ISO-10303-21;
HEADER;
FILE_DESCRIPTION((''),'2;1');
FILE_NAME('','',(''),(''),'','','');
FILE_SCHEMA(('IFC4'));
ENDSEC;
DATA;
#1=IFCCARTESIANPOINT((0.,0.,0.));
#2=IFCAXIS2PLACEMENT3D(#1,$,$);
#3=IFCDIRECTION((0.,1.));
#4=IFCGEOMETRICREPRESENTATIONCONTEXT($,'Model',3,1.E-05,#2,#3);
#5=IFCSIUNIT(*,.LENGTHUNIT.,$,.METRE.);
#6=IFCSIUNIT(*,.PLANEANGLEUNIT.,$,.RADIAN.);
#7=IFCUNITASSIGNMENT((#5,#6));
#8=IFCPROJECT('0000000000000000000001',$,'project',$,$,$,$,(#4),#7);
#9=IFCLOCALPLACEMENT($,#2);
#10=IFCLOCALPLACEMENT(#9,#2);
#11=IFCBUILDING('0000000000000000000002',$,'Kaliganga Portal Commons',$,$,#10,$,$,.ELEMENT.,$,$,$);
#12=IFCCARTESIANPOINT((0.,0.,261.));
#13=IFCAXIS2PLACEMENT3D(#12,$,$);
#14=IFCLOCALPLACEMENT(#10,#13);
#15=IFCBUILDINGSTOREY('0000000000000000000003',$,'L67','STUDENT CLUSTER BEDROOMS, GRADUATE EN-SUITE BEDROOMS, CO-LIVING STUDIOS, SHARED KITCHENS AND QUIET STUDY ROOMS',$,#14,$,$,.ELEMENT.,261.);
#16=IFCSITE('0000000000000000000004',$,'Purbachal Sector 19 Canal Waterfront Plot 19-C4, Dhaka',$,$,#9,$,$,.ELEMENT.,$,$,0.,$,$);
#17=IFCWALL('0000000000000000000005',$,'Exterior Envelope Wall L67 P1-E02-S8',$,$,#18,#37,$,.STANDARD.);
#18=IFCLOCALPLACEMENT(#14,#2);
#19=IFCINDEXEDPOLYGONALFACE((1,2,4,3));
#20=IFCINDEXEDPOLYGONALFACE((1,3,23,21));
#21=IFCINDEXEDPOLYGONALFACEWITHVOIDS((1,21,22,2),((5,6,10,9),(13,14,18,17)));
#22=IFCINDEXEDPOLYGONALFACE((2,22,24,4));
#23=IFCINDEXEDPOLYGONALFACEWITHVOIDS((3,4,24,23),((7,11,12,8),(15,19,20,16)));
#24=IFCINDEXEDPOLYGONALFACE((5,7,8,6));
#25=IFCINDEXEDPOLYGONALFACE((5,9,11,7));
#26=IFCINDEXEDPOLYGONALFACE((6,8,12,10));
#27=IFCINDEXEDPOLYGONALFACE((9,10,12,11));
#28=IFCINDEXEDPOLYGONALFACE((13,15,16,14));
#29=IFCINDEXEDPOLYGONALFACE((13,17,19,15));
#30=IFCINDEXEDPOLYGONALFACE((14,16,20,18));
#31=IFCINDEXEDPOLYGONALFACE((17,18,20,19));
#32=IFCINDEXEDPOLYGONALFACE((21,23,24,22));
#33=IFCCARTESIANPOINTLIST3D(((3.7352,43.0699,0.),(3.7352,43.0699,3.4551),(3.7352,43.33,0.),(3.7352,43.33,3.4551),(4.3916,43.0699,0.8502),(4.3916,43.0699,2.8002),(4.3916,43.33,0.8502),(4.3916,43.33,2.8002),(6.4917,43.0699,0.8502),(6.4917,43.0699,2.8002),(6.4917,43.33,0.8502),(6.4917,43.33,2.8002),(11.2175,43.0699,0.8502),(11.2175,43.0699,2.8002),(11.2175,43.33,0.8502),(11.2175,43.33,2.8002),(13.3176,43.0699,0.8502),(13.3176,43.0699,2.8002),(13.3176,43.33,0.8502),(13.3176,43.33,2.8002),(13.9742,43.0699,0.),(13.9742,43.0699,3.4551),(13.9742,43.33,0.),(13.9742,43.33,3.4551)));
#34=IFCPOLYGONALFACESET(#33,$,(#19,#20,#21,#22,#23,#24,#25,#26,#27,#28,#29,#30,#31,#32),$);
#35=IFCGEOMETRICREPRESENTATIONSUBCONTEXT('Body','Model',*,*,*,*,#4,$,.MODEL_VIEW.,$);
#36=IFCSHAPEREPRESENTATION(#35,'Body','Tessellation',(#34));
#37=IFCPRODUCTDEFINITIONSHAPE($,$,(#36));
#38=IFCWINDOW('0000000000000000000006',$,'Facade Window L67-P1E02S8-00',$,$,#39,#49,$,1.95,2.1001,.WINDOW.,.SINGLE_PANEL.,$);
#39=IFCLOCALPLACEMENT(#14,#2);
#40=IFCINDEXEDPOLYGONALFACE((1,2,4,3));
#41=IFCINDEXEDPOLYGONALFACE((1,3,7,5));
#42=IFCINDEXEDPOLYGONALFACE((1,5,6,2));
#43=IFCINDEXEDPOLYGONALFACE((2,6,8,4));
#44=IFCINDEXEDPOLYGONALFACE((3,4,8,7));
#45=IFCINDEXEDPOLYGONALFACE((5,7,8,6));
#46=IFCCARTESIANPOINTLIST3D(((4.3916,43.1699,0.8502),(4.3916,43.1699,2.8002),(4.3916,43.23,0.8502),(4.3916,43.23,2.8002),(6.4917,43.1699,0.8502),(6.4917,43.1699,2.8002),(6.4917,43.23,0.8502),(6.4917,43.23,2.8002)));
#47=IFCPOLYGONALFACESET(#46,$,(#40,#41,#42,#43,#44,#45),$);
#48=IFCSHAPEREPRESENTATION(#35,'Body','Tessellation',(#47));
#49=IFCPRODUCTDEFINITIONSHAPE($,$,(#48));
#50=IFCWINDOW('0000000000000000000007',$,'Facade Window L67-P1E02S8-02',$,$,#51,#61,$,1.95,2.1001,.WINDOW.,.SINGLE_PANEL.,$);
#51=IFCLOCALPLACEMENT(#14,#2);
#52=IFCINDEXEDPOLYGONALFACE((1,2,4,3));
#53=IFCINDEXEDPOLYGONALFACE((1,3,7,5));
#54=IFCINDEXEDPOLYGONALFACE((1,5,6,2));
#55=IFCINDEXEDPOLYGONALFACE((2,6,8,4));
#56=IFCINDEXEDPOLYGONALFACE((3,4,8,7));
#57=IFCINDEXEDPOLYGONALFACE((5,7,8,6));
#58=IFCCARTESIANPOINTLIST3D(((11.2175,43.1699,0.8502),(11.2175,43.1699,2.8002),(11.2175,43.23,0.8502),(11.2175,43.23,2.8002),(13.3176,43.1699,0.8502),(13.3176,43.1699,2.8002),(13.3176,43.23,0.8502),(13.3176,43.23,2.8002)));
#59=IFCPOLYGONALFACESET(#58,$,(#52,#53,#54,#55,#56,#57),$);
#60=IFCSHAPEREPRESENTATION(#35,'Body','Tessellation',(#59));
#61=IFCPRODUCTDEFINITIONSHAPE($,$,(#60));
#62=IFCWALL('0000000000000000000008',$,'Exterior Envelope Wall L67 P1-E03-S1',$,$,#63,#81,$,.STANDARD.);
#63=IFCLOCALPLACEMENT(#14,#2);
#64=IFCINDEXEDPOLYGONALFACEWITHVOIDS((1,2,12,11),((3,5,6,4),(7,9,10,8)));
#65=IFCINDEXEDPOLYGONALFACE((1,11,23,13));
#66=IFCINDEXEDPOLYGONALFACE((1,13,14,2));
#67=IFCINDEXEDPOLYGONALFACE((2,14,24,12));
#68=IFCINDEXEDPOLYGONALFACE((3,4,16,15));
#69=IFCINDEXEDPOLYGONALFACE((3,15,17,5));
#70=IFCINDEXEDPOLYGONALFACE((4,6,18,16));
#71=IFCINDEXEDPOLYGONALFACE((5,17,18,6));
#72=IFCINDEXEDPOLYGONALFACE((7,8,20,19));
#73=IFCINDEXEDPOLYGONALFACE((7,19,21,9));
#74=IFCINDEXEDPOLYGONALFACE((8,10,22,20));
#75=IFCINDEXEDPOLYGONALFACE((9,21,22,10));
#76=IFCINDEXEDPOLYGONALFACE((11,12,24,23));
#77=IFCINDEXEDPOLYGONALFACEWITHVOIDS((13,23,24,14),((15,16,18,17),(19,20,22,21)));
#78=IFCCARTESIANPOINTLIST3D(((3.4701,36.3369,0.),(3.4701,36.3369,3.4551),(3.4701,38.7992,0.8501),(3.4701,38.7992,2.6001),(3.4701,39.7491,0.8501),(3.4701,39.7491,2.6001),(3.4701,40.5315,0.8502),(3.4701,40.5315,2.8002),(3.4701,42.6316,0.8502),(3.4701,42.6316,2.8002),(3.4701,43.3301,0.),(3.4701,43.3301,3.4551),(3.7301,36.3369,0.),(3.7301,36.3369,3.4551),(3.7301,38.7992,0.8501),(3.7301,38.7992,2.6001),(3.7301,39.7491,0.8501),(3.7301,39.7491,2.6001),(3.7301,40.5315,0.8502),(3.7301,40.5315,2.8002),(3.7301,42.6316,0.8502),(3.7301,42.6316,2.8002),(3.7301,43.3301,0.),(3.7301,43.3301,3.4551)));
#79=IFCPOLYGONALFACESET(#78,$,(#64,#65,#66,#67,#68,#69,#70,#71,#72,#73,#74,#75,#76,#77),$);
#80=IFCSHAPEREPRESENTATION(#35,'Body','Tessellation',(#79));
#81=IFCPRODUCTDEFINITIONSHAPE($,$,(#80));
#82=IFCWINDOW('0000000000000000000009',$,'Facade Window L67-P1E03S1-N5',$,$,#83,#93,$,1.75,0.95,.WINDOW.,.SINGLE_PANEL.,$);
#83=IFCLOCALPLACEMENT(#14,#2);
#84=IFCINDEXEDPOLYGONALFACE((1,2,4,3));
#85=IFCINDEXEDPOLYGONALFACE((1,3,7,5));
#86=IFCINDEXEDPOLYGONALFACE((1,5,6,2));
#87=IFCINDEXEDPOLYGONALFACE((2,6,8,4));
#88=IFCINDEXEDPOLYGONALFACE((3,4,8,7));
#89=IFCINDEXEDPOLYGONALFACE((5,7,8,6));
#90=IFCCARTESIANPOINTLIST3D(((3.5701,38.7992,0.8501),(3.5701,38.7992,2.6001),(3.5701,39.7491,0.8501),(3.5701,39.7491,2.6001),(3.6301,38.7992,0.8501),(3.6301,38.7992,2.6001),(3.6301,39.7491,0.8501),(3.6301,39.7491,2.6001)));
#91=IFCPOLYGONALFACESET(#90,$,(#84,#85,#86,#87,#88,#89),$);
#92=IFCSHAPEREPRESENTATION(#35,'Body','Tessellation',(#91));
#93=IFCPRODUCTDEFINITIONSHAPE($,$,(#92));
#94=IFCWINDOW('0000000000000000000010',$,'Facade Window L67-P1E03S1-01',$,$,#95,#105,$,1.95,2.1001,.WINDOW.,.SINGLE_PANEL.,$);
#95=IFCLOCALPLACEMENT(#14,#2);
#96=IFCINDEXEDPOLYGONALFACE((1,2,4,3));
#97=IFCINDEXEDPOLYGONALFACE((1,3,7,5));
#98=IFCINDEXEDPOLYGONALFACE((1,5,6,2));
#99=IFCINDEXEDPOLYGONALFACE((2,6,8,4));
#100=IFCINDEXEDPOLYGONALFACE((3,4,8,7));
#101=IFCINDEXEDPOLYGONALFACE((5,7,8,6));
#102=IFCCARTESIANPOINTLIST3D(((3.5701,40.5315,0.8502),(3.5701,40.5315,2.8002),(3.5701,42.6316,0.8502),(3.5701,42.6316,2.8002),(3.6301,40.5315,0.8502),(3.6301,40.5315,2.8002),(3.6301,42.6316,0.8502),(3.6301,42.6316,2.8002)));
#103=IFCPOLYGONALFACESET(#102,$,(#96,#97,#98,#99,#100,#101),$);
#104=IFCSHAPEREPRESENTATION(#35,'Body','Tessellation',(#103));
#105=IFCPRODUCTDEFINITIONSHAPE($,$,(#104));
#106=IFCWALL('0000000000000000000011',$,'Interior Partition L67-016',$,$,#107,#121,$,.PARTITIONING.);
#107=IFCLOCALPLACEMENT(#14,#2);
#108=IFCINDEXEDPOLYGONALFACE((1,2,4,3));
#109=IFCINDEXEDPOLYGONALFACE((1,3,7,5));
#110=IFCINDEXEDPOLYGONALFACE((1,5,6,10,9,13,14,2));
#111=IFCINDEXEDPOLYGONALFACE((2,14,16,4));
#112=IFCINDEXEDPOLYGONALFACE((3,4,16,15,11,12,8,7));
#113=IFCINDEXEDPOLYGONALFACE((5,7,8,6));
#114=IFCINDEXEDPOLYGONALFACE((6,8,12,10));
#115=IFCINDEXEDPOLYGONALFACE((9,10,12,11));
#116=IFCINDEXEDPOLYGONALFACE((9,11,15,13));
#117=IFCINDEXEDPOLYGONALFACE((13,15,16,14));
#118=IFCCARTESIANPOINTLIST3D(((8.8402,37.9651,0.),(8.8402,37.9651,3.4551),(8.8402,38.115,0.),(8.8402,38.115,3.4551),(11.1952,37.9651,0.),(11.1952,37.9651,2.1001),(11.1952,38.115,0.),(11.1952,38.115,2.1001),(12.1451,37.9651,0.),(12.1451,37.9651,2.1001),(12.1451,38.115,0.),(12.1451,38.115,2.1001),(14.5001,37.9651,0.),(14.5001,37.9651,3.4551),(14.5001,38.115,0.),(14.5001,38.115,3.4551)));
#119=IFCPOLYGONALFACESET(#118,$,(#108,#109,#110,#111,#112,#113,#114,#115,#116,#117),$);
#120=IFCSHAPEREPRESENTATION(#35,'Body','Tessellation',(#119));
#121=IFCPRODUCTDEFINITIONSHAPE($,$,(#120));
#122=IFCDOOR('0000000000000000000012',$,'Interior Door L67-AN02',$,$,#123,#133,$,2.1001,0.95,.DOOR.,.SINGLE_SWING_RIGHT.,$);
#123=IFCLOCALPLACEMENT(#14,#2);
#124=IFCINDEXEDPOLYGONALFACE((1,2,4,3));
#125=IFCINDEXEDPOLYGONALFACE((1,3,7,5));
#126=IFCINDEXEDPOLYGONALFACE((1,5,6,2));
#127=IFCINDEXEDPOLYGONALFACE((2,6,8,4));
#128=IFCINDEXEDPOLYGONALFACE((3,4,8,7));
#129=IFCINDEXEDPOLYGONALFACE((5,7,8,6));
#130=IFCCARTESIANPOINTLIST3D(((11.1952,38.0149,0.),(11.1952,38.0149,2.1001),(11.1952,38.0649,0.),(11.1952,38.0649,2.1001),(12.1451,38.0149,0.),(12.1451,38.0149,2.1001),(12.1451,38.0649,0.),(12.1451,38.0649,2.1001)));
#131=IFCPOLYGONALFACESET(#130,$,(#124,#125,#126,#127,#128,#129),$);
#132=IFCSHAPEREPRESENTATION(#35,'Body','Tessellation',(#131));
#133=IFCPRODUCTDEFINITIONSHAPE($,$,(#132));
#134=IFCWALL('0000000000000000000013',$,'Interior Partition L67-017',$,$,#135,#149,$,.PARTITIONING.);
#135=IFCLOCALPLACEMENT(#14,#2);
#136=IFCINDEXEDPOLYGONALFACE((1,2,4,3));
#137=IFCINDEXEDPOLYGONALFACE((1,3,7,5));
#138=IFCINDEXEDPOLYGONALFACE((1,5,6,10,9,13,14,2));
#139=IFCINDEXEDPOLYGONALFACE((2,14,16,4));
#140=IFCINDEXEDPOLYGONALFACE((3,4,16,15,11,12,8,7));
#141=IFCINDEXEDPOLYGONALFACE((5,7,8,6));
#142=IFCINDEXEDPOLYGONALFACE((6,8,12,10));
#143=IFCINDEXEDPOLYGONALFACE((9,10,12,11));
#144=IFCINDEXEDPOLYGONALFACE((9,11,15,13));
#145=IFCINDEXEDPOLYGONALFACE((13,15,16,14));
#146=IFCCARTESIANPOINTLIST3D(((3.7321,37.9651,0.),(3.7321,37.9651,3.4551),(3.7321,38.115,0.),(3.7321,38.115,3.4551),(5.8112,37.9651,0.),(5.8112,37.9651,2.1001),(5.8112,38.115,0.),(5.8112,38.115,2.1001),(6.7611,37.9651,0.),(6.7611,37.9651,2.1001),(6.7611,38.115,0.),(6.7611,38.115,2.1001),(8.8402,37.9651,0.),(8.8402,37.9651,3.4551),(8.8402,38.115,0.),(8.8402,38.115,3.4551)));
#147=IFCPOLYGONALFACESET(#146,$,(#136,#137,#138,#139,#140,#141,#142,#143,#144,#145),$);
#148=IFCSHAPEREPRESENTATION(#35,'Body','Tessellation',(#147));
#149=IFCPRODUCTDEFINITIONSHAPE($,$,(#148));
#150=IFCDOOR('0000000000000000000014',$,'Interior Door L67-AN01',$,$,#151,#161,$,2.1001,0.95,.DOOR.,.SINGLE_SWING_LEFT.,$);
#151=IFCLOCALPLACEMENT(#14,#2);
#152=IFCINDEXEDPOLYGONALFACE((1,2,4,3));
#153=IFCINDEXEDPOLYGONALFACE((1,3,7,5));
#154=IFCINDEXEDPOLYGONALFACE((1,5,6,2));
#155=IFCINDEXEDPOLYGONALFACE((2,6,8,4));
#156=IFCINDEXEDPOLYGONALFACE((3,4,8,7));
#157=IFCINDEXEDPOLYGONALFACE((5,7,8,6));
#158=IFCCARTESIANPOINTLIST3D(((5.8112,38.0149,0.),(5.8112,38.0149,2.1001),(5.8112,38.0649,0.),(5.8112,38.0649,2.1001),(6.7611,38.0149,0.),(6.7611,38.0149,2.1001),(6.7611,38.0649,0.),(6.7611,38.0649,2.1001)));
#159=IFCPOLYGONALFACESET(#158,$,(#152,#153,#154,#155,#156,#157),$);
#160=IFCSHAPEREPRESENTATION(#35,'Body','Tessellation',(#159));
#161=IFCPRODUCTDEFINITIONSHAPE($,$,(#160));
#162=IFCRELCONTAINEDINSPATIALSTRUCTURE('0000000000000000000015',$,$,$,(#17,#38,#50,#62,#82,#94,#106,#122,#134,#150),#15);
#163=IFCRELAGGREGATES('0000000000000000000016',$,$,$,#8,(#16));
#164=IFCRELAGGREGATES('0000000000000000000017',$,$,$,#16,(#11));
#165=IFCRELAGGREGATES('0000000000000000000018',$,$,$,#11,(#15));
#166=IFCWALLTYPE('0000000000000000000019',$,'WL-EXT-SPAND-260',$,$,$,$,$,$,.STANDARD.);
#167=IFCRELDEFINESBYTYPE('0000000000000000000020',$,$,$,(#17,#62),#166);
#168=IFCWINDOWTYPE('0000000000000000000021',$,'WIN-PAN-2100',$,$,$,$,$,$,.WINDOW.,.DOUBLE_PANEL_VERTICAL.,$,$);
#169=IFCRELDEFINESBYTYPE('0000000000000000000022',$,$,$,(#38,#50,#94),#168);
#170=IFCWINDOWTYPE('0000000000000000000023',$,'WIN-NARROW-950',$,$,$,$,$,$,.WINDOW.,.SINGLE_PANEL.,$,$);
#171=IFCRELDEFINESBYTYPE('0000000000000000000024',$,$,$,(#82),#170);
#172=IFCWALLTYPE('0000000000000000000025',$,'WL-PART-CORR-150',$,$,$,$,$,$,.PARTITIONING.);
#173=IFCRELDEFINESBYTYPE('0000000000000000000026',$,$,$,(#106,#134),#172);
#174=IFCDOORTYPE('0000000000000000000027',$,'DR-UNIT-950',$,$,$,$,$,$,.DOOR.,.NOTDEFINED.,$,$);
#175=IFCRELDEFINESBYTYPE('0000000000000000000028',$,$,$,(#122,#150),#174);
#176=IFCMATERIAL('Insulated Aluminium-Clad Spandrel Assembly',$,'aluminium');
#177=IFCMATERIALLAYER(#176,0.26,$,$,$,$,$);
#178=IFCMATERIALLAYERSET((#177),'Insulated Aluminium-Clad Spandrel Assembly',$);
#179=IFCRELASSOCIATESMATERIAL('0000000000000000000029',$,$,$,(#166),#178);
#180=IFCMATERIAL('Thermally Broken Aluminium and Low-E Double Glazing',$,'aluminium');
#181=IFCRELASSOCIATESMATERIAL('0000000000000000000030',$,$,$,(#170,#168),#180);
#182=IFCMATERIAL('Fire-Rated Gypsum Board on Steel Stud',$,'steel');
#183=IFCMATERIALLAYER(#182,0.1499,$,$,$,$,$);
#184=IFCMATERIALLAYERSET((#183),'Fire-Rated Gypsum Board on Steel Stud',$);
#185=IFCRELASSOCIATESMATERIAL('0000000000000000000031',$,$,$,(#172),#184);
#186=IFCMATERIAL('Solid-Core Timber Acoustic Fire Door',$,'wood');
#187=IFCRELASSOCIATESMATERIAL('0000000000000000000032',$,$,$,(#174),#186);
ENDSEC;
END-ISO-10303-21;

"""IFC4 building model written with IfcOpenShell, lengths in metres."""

from ifc_helpers import new_model, si_unit, direction, frame, frame_2d, origin, place, context, subcontext, project, spatial, rectangle, extrude, material, layer, layer_set, type_object, element, fill, save


model = new_model("IFC4")

# Units and contexts
model_context = context("Model", 3, precision=1e-05, world=origin(), true_north=direction((0.0, 1.0)))
body_context = subcontext(model_context, "Body", "Model", "MODEL_VIEW")
ifc_project = project(units=[si_unit("LENGTHUNIT", "METRE"), si_unit("PLANEANGLEUNIT", "RADIAN")], contexts=[model_context])

# Site, building, storey
site_placement = place(None, origin())
site = spatial("IfcSite", under=ifc_project, at=site_placement, Name="Purbachal Sector 19 Canal Waterfront Plot 19-C4, Dhaka", CompositionType="ELEMENT", RefElevation=0.0)
building_placement = place(site_placement, origin())
building = spatial("IfcBuilding", under=site, at=building_placement, Name="Kaliganga Portal Commons", CompositionType="ELEMENT")
storey_placement = place(building_placement, frame((0.0, 0.0, 261.0)))
storey = spatial("IfcBuildingStorey", under=building, at=storey_placement, Name="L67", Description="STUDENT CLUSTER BEDROOMS, GRADUATE EN-SUITE BEDROOMS, CO-LIVING STUDIOS, SHARED KITCHENS AND QUIET STUDY ROOMS", CompositionType="ELEMENT", Elevation=261.0)

# Shared definitions
ifc_material_1 = material(Name="Insulated Aluminium-Clad Spandrel Assembly", Category="aluminium")
ifc_layer_1 = layer(ifc_material_1, 0.26)
ifc_layer_set_1 = layer_set([ifc_layer_1], Name="Insulated Aluminium-Clad Spandrel Assembly")
wall_type_1 = type_object("IfcWallType", Name="WL-EXT-SPAND-260", PredefinedType="STANDARD", material=ifc_layer_set_1)
ifc_material_2 = material(Name="Thermally Broken Aluminium and Low-E Double Glazing", Category="aluminium")
window_type_1 = type_object("IfcWindowType", Name="WIN-NARROW-950", PartitioningType="SINGLE_PANEL", PredefinedType="WINDOW", material=ifc_material_2)

# Walls, openings, windows
wall_1_placement = place(storey_placement, frame((3.7351, 43.2, 0.0), z_axis=(0.0, 0.0, 1.0), x_axis=(1.0, 0.0, 0.0)))
wall_1 = element("IfcWall", 1, at=wall_1_placement, inside=storey, type_object=wall_type_1, Name="Exterior Envelope Wall L67 P1-E02-S8", PredefinedType="STANDARD", context=body_context, shape_type="SweptSolid", body=[
    extrude(rectangle(XDim=10.239, YDim=0.26, at=frame_2d((5.1196, 0.0))), origin(), (0.0, 0.0, 1.0), 3.4551),
])
opening_1_placement = place(wall_1_placement, frame((0.6565, 0.0, 0.8501)))
opening_1 = element("IfcOpeningElement", 2, at=opening_1_placement, cuts=wall_1, PredefinedType="OPENING", context=body_context, shape_type="SweptSolid", body=[
    extrude(rectangle(XDim=2.1001, YDim=1.95, at=frame_2d((1.05, 0.9751))), frame((0.0, 0.1401, 0.0), z_axis=(0.0, -1.0, 0.0), x_axis=(1.0, 0.0, 0.0)), (0.0, 0.0, 1.0), 0.28),
])
opening_2_placement = place(wall_1_placement, frame((7.4824, 0.0, 0.8501)))
opening_2 = element("IfcOpeningElement", 3, at=opening_2_placement, cuts=wall_1, PredefinedType="OPENING", context=body_context, shape_type="SweptSolid", body=[
    extrude(rectangle(XDim=2.1001, YDim=1.95, at=frame_2d((1.05, 0.9751))), frame((0.0, 0.1401, 0.0), z_axis=(0.0, -1.0, 0.0), x_axis=(1.0, 0.0, 0.0)), (0.0, 0.0, 1.0), 0.28),
])
window_type_2 = type_object("IfcWindowType", Name="WIN-PAN-2100", PartitioningType="DOUBLE_PANEL_VERTICAL", PredefinedType="WINDOW", material=ifc_material_2)
window_1_placement = place(opening_1_placement, origin())
window_1 = element("IfcWindow", 4, at=window_1_placement, inside=storey, type_object=window_type_2, Name="Facade Window L67-P1E02S8-00", OverallHeight=1.95, OverallWidth=2.1001, PartitioningType="SINGLE_PANEL", PredefinedType="WINDOW", context=body_context, shape_type="SweptSolid", body=[
    extrude(rectangle(XDim=2.1001, YDim=1.95, at=frame_2d((1.05, 0.9751))), frame((0.0, 0.03, 0.0), z_axis=(0.0, -1.0, 0.0), x_axis=(1.0, 0.0, 0.0)), (0.0, 0.0, 1.0), 0.0601),
])
fill(opening_1, window_1)
window_2_placement = place(opening_2_placement, origin())
window_2 = element("IfcWindow", 5, at=window_2_placement, inside=storey, type_object=window_type_2, Name="Facade Window L67-P1E02S8-02", OverallHeight=1.95, OverallWidth=2.1001, PartitioningType="SINGLE_PANEL", PredefinedType="WINDOW", context=body_context, shape_type="SweptSolid", body=[
    extrude(rectangle(XDim=2.1001, YDim=1.95, at=frame_2d((1.05, 0.9751))), frame((0.0, 0.03, 0.0), z_axis=(0.0, -1.0, 0.0), x_axis=(1.0, 0.0, 0.0)), (0.0, 0.0, 1.0), 0.0601),
])
fill(opening_2, window_2)
wall_2_placement = place(storey_placement, frame((3.6001, 36.3369, 0.0), z_axis=(0.0, 0.0, 1.0), x_axis=(0.0, 1.0, 0.0)))
wall_2 = element("IfcWall", 6, at=wall_2_placement, inside=storey, type_object=wall_type_1, Name="Exterior Envelope Wall L67 P1-E03-S1", PredefinedType="STANDARD", context=body_context, shape_type="SweptSolid", body=[
    extrude(rectangle(XDim=6.9932, YDim=0.26, at=frame_2d((3.4966, 0.0))), origin(), (0.0, 0.0, 1.0), 3.4551),
])
opening_3_placement = place(wall_2_placement, frame((4.1946, 0.0, 0.8501)))
opening_3 = element("IfcOpeningElement", 7, at=opening_3_placement, cuts=wall_2, PredefinedType="OPENING", context=body_context, shape_type="SweptSolid", body=[
    extrude(rectangle(XDim=2.1001, YDim=1.95, at=frame_2d((1.05, 0.9751))), frame((0.0, 0.1401, 0.0), z_axis=(0.0, -1.0, 0.0), x_axis=(1.0, 0.0, 0.0)), (0.0, 0.0, 1.0), 0.28),
])
opening_4_placement = place(wall_2_placement, frame((2.4622, 0.0, 0.8501)))
opening_4 = element("IfcOpeningElement", 8, at=opening_4_placement, cuts=wall_2, PredefinedType="OPENING", context=body_context, shape_type="SweptSolid", body=[
    extrude(rectangle(XDim=0.95, YDim=1.75, at=frame_2d((0.4751, 0.875))), frame((0.0, 0.1401, 0.0), z_axis=(0.0, -1.0, 0.0), x_axis=(1.0, 0.0, 0.0)), (0.0, 0.0, 1.0), 0.28),
])
window_3_placement = place(opening_4_placement, origin())
window_3 = element("IfcWindow", 9, at=window_3_placement, inside=storey, type_object=window_type_1, Name="Facade Window L67-P1E03S1-N5", OverallHeight=1.75, OverallWidth=0.95, PartitioningType="SINGLE_PANEL", PredefinedType="WINDOW", context=body_context, shape_type="SweptSolid", body=[
    extrude(rectangle(XDim=0.95, YDim=1.75, at=frame_2d((0.4751, 0.875))), frame((0.0, 0.03, 0.0), z_axis=(0.0, -1.0, 0.0), x_axis=(1.0, 0.0, 0.0)), (0.0, 0.0, 1.0), 0.0601),
])
fill(opening_4, window_3)
window_4_placement = place(opening_3_placement, origin())
window_4 = element("IfcWindow", 10, at=window_4_placement, inside=storey, type_object=window_type_2, Name="Facade Window L67-P1E03S1-01", OverallHeight=1.95, OverallWidth=2.1001, PartitioningType="SINGLE_PANEL", PredefinedType="WINDOW", context=body_context, shape_type="SweptSolid", body=[
    extrude(rectangle(XDim=2.1001, YDim=1.95, at=frame_2d((1.05, 0.9751))), frame((0.0, 0.03, 0.0), z_axis=(0.0, -1.0, 0.0), x_axis=(1.0, 0.0, 0.0)), (0.0, 0.0, 1.0), 0.0601),
])
fill(opening_3, window_4)

# Walls, openings, doors
ifc_material_3 = material(Name="Fire-Rated Gypsum Board on Steel Stud", Category="steel")
ifc_layer_2 = layer(ifc_material_3, 0.1499)
ifc_layer_set_2 = layer_set([ifc_layer_2], Name="Fire-Rated Gypsum Board on Steel Stud")
wall_type_2 = type_object("IfcWallType", Name="WL-PART-CORR-150", PredefinedType="PARTITIONING", material=ifc_layer_set_2)
wall_3_placement = place(storey_placement, frame((8.8401, 38.04, 0.0), z_axis=(0.0, 0.0, 1.0), x_axis=(1.0, 0.0, 0.0)))
wall_3 = element("IfcWall", 11, at=wall_3_placement, inside=storey, type_object=wall_type_2, Name="Interior Partition L67-016", PredefinedType="PARTITIONING", context=body_context, shape_type="SweptSolid", body=[
    extrude(rectangle(XDim=5.6599, YDim=0.1499, at=frame_2d((2.8301, 0.0))), origin(), (0.0, 0.0, 1.0), 3.4551),
])
opening_5_placement = place(wall_3_placement, frame((2.355, 0.0, 0.0)))
opening_5 = element("IfcOpeningElement", 12, at=opening_5_placement, cuts=wall_3, PredefinedType="OPENING", context=body_context, shape_type="SweptSolid", body=[
    extrude(rectangle(XDim=0.95, YDim=2.1001, at=frame_2d((0.4751, 1.05))), frame((0.0, 0.085, 0.0), z_axis=(0.0, -1.0, 0.0), x_axis=(1.0, 0.0, 0.0)), (0.0, 0.0, 1.0), 0.1699),
])
ifc_material_4 = material(Name="Solid-Core Timber Acoustic Fire Door", Category="wood")
door_type_1 = type_object("IfcDoorType", Name="DR-UNIT-950", OperationType="NOTDEFINED", PredefinedType="DOOR", material=ifc_material_4)
door_1_placement = place(opening_5_placement, origin())
door_1 = element("IfcDoor", 13, at=door_1_placement, inside=storey, type_object=door_type_1, Name="Interior Door L67-AN02", OperationType="SINGLE_SWING_RIGHT", OverallHeight=2.1001, OverallWidth=0.95, PredefinedType="DOOR", context=body_context, shape_type="SweptSolid", body=[
    extrude(rectangle(XDim=0.95, YDim=2.1001, at=frame_2d((0.4751, 1.05))), frame((0.0, 0.0249, 0.0), z_axis=(0.0, -1.0, 0.0), x_axis=(1.0, 0.0, 0.0)), (0.0, 0.0, 1.0), 0.05),
])
fill(opening_5, door_1)
wall_4_placement = place(storey_placement, frame((3.7319, 38.04, 0.0), z_axis=(0.0, 0.0, 1.0), x_axis=(1.0, 0.0, 0.0)))
wall_4 = element("IfcWall", 14, at=wall_4_placement, inside=storey, type_object=wall_type_2, Name="Interior Partition L67-017", PredefinedType="PARTITIONING", context=body_context, shape_type="SweptSolid", body=[
    extrude(rectangle(XDim=5.1082, YDim=0.1499, at=frame_2d((2.5542, 0.0))), origin(), (0.0, 0.0, 1.0), 3.4551),
])
opening_6_placement = place(wall_4_placement, frame((2.0791, 0.0, 0.0)))
opening_6 = element("IfcOpeningElement", 15, at=opening_6_placement, cuts=wall_4, PredefinedType="OPENING", context=body_context, shape_type="SweptSolid", body=[
    extrude(rectangle(XDim=0.95, YDim=2.1001, at=frame_2d((0.4751, 1.05))), frame((0.0, 0.085, 0.0), z_axis=(0.0, -1.0, 0.0), x_axis=(1.0, 0.0, 0.0)), (0.0, 0.0, 1.0), 0.1699),
])
door_2_placement = place(opening_6_placement, origin())
door_2 = element("IfcDoor", 16, at=door_2_placement, inside=storey, type_object=door_type_1, Name="Interior Door L67-AN01", OperationType="SINGLE_SWING_LEFT", OverallHeight=2.1001, OverallWidth=0.95, PredefinedType="DOOR", context=body_context, shape_type="SweptSolid", body=[
    extrude(rectangle(XDim=0.95, YDim=2.1001, at=frame_2d((0.4751, 1.05))), frame((0.0, 0.0249, 0.0), z_axis=(0.0, -1.0, 0.0), x_axis=(1.0, 0.0, 0.0)), (0.0, 0.0, 1.0), 0.05),
])
fill(opening_6, door_2)

save(model, "model.ifc")
